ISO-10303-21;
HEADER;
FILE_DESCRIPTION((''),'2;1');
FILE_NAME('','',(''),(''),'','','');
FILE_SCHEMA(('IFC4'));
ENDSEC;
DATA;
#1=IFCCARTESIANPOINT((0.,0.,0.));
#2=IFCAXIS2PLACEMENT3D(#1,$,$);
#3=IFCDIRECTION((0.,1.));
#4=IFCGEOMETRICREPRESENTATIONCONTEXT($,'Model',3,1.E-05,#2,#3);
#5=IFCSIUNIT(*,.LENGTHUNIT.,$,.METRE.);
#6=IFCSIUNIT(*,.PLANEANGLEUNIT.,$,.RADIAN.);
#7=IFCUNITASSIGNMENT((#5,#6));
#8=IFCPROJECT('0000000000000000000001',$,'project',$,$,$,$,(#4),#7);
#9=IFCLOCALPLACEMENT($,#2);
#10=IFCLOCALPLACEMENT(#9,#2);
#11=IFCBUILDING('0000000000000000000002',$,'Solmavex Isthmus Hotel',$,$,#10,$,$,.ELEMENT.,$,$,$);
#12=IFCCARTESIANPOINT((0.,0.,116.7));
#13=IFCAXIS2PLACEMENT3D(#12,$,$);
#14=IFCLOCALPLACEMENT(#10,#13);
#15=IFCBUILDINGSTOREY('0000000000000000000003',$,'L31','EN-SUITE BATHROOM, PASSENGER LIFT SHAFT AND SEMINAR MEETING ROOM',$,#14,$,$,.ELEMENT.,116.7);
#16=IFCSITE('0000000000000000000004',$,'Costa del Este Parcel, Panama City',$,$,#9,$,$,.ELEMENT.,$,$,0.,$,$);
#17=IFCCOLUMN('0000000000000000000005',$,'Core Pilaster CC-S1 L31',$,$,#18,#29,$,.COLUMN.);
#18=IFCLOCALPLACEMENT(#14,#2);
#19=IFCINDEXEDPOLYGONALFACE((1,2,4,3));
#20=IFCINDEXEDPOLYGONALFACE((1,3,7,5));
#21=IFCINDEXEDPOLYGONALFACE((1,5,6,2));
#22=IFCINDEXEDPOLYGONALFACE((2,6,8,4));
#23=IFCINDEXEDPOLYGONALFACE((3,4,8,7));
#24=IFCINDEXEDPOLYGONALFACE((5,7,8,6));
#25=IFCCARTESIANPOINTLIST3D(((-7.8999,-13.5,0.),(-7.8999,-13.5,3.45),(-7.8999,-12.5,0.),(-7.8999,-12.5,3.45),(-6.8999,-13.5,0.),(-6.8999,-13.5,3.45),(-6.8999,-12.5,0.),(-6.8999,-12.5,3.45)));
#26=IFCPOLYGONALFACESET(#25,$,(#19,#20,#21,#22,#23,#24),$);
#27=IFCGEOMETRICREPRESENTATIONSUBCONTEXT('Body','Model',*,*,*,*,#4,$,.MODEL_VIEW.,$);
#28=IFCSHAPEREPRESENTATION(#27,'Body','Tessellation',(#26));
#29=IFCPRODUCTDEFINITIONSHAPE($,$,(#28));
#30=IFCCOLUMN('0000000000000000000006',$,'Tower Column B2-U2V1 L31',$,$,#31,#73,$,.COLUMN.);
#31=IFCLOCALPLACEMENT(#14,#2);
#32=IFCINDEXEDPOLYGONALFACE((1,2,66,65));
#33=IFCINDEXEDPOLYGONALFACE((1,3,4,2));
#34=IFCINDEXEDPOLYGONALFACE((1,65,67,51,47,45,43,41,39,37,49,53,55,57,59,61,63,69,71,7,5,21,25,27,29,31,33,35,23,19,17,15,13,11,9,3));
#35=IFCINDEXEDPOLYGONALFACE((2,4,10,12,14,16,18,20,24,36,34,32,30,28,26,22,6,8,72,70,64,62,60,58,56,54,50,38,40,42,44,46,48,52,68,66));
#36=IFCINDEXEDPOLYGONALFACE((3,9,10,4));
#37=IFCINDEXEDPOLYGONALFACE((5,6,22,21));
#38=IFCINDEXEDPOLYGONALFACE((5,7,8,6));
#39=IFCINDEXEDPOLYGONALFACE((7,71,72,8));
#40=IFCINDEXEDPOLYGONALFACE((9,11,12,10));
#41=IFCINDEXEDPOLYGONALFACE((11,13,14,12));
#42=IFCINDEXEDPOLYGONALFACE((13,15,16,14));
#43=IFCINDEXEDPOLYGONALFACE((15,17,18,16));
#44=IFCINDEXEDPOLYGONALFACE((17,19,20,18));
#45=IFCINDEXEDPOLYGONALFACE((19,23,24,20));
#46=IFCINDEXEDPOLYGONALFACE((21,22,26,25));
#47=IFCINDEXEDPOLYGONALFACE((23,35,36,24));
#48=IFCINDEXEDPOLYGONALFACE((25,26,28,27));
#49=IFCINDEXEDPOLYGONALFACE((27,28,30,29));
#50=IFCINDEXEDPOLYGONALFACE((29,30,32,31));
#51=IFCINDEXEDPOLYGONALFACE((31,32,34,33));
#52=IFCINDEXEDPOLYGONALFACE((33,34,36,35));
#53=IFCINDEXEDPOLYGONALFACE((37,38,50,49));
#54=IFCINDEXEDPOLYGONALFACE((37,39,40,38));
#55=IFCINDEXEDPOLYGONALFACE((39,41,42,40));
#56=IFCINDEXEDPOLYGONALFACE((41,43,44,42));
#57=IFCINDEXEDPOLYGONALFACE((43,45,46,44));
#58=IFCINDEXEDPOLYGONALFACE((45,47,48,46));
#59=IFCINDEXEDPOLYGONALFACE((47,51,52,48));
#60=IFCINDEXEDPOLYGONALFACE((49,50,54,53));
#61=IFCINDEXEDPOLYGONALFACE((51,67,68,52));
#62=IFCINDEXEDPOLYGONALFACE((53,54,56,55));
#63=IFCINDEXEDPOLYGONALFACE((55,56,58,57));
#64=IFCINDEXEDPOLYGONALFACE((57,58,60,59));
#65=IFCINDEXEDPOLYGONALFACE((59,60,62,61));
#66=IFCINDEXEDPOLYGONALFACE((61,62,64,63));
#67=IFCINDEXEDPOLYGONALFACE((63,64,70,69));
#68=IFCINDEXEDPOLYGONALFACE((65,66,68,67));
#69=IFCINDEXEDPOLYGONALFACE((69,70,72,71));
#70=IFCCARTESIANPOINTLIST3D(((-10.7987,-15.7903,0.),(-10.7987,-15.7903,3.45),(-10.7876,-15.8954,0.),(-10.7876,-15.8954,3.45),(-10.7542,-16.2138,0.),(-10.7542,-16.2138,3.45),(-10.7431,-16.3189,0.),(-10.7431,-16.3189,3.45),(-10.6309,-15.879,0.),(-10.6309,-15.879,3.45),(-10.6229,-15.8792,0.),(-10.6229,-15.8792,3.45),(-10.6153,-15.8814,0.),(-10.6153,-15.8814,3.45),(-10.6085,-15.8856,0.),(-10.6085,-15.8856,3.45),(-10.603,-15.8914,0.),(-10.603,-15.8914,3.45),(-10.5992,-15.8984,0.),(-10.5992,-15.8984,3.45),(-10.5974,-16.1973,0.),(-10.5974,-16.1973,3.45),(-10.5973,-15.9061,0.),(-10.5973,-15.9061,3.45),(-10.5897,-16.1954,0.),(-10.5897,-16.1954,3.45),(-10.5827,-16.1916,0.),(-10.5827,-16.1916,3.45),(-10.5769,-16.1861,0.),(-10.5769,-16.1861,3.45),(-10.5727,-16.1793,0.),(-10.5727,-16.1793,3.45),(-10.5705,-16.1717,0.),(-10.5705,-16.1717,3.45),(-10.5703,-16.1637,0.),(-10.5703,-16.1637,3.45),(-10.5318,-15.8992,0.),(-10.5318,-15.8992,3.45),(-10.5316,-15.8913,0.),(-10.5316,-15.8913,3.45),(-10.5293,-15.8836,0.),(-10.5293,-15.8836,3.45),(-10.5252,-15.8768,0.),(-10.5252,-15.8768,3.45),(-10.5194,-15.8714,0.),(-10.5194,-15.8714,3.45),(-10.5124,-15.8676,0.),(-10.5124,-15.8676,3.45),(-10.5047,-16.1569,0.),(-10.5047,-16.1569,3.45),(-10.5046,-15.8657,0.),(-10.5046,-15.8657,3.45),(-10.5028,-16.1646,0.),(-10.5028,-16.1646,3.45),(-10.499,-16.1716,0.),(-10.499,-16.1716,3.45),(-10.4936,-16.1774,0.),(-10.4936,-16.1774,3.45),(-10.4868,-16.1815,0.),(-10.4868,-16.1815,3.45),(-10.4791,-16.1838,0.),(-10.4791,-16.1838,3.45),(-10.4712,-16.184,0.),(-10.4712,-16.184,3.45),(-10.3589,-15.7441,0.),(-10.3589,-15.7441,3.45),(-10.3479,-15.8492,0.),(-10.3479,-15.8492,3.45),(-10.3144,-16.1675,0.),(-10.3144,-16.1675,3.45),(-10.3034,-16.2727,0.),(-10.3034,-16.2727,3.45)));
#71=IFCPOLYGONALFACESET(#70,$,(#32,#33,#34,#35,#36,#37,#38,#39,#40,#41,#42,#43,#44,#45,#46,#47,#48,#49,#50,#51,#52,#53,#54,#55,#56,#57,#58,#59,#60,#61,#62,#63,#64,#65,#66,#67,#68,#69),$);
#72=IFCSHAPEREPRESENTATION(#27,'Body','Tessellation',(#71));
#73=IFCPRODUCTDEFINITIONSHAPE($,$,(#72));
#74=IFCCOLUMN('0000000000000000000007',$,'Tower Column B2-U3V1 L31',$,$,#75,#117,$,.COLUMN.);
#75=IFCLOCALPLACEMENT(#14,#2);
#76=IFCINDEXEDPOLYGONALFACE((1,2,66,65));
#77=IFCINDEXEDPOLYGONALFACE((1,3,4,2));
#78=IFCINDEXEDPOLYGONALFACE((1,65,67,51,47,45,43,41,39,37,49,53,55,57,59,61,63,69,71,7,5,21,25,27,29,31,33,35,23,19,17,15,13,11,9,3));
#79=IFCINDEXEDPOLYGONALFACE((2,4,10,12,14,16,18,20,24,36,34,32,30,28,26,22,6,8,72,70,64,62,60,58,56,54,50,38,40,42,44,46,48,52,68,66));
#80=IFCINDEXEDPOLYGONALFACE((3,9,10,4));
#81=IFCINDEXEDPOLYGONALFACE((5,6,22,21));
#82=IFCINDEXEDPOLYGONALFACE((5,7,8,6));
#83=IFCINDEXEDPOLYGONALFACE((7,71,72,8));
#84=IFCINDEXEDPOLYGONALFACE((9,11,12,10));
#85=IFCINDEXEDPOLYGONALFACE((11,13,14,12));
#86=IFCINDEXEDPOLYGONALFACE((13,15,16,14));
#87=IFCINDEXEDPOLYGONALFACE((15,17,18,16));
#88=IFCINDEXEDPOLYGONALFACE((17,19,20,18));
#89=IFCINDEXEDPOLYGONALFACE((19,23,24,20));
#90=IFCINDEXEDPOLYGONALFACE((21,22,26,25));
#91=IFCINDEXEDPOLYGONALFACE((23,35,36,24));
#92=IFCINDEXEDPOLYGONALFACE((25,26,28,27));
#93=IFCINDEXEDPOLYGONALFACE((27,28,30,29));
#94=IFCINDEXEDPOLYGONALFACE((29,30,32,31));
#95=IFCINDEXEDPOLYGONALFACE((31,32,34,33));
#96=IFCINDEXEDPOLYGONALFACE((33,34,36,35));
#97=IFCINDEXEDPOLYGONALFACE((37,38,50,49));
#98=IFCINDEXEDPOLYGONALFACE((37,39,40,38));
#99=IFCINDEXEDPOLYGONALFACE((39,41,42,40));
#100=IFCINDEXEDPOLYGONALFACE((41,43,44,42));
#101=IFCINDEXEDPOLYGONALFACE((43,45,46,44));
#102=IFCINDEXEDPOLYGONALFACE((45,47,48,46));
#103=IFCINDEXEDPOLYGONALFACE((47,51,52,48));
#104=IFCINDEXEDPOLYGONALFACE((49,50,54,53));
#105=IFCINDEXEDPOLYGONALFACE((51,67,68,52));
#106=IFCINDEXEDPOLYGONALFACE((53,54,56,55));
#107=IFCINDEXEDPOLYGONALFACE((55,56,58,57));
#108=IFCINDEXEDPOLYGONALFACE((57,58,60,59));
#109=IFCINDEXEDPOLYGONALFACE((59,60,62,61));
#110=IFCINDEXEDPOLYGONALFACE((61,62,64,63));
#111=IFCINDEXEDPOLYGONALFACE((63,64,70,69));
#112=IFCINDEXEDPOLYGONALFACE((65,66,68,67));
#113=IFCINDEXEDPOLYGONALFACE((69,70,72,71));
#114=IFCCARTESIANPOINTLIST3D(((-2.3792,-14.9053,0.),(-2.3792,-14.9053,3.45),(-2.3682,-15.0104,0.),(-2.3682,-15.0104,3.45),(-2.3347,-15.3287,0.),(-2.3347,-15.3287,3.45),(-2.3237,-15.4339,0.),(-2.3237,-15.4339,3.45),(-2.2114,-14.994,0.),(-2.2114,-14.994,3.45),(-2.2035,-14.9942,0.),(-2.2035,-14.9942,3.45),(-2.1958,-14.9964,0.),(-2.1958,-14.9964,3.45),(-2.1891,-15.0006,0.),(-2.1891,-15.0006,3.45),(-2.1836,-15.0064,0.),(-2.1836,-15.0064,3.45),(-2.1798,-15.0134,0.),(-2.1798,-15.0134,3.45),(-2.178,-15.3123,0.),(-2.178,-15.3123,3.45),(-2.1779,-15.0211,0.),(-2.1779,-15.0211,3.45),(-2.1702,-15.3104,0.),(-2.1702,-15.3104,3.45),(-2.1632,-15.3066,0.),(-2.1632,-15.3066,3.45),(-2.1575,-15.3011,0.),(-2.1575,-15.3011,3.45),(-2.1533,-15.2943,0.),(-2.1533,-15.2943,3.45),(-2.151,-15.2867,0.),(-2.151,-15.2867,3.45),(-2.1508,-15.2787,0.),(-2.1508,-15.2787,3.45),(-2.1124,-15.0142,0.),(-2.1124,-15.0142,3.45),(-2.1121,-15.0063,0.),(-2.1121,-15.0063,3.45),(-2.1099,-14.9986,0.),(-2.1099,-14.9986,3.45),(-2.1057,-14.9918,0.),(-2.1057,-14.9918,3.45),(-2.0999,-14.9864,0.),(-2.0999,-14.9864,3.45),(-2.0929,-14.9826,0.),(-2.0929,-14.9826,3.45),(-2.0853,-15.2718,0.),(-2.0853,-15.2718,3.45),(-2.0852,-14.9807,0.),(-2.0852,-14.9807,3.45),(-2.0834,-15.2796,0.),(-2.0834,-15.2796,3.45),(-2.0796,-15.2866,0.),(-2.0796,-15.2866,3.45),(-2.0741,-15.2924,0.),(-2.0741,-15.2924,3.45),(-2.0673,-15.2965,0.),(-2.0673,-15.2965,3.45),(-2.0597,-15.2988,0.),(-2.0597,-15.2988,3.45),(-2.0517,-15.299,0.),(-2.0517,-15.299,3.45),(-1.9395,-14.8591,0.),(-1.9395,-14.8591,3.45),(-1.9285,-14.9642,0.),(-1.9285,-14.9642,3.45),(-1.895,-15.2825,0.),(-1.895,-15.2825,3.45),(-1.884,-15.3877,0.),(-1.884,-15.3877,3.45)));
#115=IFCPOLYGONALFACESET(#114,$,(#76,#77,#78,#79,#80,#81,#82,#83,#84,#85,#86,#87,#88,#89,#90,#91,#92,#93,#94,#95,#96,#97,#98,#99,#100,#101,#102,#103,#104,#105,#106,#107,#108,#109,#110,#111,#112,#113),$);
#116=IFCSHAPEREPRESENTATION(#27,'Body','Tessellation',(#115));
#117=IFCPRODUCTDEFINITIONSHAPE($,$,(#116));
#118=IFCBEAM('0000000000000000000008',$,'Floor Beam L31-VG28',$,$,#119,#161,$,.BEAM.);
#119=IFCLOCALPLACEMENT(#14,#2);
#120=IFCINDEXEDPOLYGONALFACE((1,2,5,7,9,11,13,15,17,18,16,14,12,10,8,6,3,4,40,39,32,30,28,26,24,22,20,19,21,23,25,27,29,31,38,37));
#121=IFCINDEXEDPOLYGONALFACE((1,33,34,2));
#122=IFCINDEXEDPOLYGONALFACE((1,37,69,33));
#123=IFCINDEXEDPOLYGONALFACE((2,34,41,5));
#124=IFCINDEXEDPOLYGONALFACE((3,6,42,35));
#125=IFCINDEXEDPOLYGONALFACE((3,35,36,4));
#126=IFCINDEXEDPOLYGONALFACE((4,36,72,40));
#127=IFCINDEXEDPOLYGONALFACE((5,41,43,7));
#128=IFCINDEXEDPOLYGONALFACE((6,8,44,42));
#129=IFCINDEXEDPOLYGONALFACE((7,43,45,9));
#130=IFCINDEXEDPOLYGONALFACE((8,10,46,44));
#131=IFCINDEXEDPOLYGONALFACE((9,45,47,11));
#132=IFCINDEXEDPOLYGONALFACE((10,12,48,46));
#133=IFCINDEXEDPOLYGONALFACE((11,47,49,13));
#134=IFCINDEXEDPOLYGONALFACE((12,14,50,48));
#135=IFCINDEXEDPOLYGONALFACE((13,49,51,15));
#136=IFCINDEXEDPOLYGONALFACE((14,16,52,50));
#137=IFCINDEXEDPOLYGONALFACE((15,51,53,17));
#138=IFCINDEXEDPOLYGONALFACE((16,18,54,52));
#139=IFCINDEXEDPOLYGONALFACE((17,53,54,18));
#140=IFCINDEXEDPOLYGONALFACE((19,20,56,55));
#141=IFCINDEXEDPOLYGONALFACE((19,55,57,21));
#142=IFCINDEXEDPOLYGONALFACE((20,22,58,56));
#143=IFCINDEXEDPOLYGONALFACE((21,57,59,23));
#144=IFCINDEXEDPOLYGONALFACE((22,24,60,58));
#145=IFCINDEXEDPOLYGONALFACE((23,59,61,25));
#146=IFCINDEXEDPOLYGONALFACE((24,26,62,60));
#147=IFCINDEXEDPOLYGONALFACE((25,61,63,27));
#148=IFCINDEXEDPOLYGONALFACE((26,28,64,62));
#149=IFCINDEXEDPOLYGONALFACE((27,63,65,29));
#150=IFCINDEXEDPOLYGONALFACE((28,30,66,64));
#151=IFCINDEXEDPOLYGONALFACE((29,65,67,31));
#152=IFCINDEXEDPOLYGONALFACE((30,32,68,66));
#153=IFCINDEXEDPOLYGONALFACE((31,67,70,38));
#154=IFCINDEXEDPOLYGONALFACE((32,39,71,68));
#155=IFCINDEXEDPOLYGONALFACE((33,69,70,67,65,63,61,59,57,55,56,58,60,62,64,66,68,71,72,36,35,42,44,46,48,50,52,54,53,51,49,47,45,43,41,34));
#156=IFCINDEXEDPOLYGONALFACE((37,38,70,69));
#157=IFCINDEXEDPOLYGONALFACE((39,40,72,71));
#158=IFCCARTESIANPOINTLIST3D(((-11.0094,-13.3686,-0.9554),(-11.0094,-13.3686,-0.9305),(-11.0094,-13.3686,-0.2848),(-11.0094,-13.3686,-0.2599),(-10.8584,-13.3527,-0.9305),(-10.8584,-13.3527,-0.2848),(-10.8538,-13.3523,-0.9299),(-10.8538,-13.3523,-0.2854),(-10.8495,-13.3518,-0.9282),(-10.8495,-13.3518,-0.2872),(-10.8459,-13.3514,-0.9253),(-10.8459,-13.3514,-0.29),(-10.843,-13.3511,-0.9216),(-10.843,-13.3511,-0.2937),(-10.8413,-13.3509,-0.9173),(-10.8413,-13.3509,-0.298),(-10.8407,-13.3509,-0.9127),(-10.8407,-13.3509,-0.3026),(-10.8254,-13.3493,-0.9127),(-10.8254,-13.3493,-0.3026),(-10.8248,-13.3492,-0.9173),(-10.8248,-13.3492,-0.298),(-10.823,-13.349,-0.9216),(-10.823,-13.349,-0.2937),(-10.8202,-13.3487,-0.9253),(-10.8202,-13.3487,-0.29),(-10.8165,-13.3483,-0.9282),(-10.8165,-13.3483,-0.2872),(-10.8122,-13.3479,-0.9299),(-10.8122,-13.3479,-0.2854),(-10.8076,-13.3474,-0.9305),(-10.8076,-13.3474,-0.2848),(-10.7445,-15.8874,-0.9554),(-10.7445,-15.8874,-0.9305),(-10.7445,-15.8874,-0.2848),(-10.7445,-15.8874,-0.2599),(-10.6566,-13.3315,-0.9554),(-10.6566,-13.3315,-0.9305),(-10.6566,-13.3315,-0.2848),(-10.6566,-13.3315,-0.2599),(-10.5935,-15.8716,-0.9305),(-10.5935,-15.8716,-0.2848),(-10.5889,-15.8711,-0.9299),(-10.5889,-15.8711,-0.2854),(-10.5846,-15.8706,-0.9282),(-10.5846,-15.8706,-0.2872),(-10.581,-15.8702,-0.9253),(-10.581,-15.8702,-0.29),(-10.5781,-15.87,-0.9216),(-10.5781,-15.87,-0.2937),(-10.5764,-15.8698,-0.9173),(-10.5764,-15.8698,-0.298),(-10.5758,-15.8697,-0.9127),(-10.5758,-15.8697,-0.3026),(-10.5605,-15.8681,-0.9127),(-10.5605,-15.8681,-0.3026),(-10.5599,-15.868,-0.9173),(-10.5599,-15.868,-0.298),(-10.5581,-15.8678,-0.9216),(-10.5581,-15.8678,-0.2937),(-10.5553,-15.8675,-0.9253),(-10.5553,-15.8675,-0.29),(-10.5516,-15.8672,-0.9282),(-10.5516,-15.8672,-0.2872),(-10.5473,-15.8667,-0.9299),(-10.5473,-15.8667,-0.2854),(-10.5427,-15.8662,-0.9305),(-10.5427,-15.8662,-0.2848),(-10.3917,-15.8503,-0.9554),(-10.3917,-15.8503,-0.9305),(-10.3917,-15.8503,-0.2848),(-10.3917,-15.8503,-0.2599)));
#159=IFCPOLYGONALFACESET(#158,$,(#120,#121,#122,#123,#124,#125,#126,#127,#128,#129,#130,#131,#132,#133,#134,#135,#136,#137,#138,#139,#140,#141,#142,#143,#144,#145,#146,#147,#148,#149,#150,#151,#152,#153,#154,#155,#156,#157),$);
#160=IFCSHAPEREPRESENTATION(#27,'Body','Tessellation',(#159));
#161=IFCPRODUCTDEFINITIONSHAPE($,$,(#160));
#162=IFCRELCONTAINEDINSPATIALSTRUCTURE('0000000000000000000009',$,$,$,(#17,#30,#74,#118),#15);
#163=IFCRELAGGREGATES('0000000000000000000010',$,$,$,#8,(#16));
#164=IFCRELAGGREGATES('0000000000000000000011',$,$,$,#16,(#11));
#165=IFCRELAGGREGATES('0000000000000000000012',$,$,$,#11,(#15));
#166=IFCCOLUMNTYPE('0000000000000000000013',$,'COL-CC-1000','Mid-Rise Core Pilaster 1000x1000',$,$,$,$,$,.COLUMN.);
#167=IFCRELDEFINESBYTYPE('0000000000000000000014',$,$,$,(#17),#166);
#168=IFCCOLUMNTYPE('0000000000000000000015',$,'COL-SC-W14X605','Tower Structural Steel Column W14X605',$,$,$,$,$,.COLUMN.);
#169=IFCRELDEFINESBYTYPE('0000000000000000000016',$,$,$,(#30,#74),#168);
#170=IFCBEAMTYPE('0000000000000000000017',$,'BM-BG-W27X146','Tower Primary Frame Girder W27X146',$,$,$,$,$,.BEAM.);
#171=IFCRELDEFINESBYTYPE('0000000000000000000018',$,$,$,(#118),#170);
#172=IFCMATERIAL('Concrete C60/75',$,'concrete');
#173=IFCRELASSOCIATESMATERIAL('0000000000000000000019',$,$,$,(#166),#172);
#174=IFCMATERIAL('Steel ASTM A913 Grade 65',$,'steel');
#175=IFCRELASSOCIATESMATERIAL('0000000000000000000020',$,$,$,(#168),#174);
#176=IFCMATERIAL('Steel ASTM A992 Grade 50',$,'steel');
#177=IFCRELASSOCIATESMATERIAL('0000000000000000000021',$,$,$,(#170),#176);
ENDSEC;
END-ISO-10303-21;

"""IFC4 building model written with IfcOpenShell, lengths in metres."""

from ifc_helpers import new_model, si_unit, direction, frame, origin, origin_2d, place, context, subcontext, project, spatial, rectangle, i_section, extrude, material, material_profile, profile_set, type_object, element, save


model = new_model("IFC4")

# Units and contexts
model_context = context("Model", 3, precision=1e-05, world=origin(), true_north=direction((0.0, 1.0)))
body_context = subcontext(model_context, "Body", "Model", "MODEL_VIEW")
ifc_project = project(units=[si_unit("LENGTHUNIT", "METRE"), si_unit("PLANEANGLEUNIT", "RADIAN")], contexts=[model_context])

# Site, building, storey
site_placement = place(None, origin())
site = spatial("IfcSite", under=ifc_project, at=site_placement, Name="Costa del Este Parcel, Panama City", CompositionType="ELEMENT", RefElevation=0.0)
building_placement = place(site_placement, origin())
building = spatial("IfcBuilding", under=site, at=building_placement, Name="Solmavex Isthmus Hotel", CompositionType="ELEMENT")
storey_placement = place(building_placement, frame((0.0, 0.0, 116.7)))
storey = spatial("IfcBuildingStorey", under=building, at=storey_placement, Name="L31", Description="EN-SUITE BATHROOM, PASSENGER LIFT SHAFT AND SEMINAR MEETING ROOM", CompositionType="ELEMENT", Elevation=116.7)

# Columns
ifc_material_1 = material(Name="Concrete C60/75", Category="concrete")
ifc_material_profile_1 = material_profile(ifc_material_1, rectangle(XDim=1.0, YDim=1.0, at=origin_2d()), Name="RC1000X1000")
ifc_profile_set_1 = profile_set([ifc_material_profile_1], Name="Concrete C60/75")
column_type_1 = type_object("IfcColumnType", Name="COL-CC-1000", Description="Mid-Rise Core Pilaster 1000x1000", PredefinedType="COLUMN", material=ifc_profile_set_1)
column_placement = place(storey_placement, frame((-7.3999, -13.0, 0.0), z_axis=(0.0, 0.0, 1.0), x_axis=(1.0, 0.0, 0.0)))
element("IfcColumn", 1, at=column_placement, inside=storey, type_object=column_type_1, Name="Core Pilaster CC-S1 L31", PredefinedType="COLUMN", context=body_context, shape_type="SweptSolid", body=[
    extrude(rectangle(XDim=1.0, YDim=1.0, at=origin_2d()), origin(), (0.0, 0.0, 1.0), 3.45),
])
ifc_material_2 = material(Name="Steel ASTM A913 Grade 65", Category="steel")
ifc_material_profile_2 = material_profile(ifc_material_2, i_section(OverallWidth=0.4421, OverallDepth=0.5315, WebThickness=0.0659, FlangeThickness=0.1057, FilletRadius=0.0305, at=origin_2d()), Name="W14X605")
ifc_profile_set_2 = profile_set([ifc_material_profile_2], Name="Steel ASTM A913 Grade 65")
column_type_2 = type_object("IfcColumnType", Name="COL-SC-W14X605", Description="Tower Structural Steel Column W14X605", PredefinedType="COLUMN", material=ifc_profile_set_2)
for number, where, z_axis, x_axis, name in (
    (2, (-10.551, -16.0315, 0.0), (0.0, 0.0, 1.0), (0.994522, 0.104528, 0.0), "Tower Column B2-U2V1 L31"),
    (3, (-2.1316, -15.1465, 0.0), (0.0, 0.0, 1.0), (0.994522, 0.104528, 0.0), "Tower Column B2-U3V1 L31"),
):
    element("IfcColumn", number, at=place(storey_placement, frame(where, z_axis=z_axis, x_axis=x_axis)), inside=storey, type_object=column_type_2, Name=name, PredefinedType="COLUMN", context=body_context, shape_type="SweptSolid", body=[
        extrude(i_section(OverallWidth=0.4421, OverallDepth=0.5315, WebThickness=0.0659, FlangeThickness=0.1057, FilletRadius=0.0305, at=origin_2d()), origin(), (0.0, 0.0, 1.0), 3.45),
    ])

# Beam
ifc_material_3 = material(Name="Steel ASTM A992 Grade 50", Category="steel")
ifc_material_profile_3 = material_profile(ifc_material_3, i_section(OverallWidth=0.3547, OverallDepth=0.6956, WebThickness=0.0154, FlangeThickness=0.0249, FilletRadius=0.0178, at=origin_2d()), Name="W27X146")
ifc_profile_set_3 = profile_set([ifc_material_profile_3], Name="Steel ASTM A992 Grade 50")
beam_type_1 = type_object("IfcBeamType", Name="BM-BG-W27X146", Description="Tower Primary Frame Girder W27X146", PredefinedType="BEAM", material=ifc_profile_set_3)
beam_1_placement = place(storey_placement, frame((-10.5681, -15.8689, -0.6077), z_axis=(-0.104589, 0.994515, 0.0), x_axis=(-0.994515, -0.104589, 0.0)))
element("IfcBeam", 4, at=beam_1_placement, inside=storey, type_object=beam_type_1, Name="Floor Beam L31-VG28", PredefinedType="BEAM", context=body_context, shape_type="SweptSolid", body=[
    extrude(i_section(OverallWidth=0.3547, OverallDepth=0.6956, WebThickness=0.0154, FlangeThickness=0.0249, FilletRadius=0.0178, at=origin_2d()), origin(), (0.0, 0.0, 1.0), 2.5327),
])

save(model, "model.ifc")
